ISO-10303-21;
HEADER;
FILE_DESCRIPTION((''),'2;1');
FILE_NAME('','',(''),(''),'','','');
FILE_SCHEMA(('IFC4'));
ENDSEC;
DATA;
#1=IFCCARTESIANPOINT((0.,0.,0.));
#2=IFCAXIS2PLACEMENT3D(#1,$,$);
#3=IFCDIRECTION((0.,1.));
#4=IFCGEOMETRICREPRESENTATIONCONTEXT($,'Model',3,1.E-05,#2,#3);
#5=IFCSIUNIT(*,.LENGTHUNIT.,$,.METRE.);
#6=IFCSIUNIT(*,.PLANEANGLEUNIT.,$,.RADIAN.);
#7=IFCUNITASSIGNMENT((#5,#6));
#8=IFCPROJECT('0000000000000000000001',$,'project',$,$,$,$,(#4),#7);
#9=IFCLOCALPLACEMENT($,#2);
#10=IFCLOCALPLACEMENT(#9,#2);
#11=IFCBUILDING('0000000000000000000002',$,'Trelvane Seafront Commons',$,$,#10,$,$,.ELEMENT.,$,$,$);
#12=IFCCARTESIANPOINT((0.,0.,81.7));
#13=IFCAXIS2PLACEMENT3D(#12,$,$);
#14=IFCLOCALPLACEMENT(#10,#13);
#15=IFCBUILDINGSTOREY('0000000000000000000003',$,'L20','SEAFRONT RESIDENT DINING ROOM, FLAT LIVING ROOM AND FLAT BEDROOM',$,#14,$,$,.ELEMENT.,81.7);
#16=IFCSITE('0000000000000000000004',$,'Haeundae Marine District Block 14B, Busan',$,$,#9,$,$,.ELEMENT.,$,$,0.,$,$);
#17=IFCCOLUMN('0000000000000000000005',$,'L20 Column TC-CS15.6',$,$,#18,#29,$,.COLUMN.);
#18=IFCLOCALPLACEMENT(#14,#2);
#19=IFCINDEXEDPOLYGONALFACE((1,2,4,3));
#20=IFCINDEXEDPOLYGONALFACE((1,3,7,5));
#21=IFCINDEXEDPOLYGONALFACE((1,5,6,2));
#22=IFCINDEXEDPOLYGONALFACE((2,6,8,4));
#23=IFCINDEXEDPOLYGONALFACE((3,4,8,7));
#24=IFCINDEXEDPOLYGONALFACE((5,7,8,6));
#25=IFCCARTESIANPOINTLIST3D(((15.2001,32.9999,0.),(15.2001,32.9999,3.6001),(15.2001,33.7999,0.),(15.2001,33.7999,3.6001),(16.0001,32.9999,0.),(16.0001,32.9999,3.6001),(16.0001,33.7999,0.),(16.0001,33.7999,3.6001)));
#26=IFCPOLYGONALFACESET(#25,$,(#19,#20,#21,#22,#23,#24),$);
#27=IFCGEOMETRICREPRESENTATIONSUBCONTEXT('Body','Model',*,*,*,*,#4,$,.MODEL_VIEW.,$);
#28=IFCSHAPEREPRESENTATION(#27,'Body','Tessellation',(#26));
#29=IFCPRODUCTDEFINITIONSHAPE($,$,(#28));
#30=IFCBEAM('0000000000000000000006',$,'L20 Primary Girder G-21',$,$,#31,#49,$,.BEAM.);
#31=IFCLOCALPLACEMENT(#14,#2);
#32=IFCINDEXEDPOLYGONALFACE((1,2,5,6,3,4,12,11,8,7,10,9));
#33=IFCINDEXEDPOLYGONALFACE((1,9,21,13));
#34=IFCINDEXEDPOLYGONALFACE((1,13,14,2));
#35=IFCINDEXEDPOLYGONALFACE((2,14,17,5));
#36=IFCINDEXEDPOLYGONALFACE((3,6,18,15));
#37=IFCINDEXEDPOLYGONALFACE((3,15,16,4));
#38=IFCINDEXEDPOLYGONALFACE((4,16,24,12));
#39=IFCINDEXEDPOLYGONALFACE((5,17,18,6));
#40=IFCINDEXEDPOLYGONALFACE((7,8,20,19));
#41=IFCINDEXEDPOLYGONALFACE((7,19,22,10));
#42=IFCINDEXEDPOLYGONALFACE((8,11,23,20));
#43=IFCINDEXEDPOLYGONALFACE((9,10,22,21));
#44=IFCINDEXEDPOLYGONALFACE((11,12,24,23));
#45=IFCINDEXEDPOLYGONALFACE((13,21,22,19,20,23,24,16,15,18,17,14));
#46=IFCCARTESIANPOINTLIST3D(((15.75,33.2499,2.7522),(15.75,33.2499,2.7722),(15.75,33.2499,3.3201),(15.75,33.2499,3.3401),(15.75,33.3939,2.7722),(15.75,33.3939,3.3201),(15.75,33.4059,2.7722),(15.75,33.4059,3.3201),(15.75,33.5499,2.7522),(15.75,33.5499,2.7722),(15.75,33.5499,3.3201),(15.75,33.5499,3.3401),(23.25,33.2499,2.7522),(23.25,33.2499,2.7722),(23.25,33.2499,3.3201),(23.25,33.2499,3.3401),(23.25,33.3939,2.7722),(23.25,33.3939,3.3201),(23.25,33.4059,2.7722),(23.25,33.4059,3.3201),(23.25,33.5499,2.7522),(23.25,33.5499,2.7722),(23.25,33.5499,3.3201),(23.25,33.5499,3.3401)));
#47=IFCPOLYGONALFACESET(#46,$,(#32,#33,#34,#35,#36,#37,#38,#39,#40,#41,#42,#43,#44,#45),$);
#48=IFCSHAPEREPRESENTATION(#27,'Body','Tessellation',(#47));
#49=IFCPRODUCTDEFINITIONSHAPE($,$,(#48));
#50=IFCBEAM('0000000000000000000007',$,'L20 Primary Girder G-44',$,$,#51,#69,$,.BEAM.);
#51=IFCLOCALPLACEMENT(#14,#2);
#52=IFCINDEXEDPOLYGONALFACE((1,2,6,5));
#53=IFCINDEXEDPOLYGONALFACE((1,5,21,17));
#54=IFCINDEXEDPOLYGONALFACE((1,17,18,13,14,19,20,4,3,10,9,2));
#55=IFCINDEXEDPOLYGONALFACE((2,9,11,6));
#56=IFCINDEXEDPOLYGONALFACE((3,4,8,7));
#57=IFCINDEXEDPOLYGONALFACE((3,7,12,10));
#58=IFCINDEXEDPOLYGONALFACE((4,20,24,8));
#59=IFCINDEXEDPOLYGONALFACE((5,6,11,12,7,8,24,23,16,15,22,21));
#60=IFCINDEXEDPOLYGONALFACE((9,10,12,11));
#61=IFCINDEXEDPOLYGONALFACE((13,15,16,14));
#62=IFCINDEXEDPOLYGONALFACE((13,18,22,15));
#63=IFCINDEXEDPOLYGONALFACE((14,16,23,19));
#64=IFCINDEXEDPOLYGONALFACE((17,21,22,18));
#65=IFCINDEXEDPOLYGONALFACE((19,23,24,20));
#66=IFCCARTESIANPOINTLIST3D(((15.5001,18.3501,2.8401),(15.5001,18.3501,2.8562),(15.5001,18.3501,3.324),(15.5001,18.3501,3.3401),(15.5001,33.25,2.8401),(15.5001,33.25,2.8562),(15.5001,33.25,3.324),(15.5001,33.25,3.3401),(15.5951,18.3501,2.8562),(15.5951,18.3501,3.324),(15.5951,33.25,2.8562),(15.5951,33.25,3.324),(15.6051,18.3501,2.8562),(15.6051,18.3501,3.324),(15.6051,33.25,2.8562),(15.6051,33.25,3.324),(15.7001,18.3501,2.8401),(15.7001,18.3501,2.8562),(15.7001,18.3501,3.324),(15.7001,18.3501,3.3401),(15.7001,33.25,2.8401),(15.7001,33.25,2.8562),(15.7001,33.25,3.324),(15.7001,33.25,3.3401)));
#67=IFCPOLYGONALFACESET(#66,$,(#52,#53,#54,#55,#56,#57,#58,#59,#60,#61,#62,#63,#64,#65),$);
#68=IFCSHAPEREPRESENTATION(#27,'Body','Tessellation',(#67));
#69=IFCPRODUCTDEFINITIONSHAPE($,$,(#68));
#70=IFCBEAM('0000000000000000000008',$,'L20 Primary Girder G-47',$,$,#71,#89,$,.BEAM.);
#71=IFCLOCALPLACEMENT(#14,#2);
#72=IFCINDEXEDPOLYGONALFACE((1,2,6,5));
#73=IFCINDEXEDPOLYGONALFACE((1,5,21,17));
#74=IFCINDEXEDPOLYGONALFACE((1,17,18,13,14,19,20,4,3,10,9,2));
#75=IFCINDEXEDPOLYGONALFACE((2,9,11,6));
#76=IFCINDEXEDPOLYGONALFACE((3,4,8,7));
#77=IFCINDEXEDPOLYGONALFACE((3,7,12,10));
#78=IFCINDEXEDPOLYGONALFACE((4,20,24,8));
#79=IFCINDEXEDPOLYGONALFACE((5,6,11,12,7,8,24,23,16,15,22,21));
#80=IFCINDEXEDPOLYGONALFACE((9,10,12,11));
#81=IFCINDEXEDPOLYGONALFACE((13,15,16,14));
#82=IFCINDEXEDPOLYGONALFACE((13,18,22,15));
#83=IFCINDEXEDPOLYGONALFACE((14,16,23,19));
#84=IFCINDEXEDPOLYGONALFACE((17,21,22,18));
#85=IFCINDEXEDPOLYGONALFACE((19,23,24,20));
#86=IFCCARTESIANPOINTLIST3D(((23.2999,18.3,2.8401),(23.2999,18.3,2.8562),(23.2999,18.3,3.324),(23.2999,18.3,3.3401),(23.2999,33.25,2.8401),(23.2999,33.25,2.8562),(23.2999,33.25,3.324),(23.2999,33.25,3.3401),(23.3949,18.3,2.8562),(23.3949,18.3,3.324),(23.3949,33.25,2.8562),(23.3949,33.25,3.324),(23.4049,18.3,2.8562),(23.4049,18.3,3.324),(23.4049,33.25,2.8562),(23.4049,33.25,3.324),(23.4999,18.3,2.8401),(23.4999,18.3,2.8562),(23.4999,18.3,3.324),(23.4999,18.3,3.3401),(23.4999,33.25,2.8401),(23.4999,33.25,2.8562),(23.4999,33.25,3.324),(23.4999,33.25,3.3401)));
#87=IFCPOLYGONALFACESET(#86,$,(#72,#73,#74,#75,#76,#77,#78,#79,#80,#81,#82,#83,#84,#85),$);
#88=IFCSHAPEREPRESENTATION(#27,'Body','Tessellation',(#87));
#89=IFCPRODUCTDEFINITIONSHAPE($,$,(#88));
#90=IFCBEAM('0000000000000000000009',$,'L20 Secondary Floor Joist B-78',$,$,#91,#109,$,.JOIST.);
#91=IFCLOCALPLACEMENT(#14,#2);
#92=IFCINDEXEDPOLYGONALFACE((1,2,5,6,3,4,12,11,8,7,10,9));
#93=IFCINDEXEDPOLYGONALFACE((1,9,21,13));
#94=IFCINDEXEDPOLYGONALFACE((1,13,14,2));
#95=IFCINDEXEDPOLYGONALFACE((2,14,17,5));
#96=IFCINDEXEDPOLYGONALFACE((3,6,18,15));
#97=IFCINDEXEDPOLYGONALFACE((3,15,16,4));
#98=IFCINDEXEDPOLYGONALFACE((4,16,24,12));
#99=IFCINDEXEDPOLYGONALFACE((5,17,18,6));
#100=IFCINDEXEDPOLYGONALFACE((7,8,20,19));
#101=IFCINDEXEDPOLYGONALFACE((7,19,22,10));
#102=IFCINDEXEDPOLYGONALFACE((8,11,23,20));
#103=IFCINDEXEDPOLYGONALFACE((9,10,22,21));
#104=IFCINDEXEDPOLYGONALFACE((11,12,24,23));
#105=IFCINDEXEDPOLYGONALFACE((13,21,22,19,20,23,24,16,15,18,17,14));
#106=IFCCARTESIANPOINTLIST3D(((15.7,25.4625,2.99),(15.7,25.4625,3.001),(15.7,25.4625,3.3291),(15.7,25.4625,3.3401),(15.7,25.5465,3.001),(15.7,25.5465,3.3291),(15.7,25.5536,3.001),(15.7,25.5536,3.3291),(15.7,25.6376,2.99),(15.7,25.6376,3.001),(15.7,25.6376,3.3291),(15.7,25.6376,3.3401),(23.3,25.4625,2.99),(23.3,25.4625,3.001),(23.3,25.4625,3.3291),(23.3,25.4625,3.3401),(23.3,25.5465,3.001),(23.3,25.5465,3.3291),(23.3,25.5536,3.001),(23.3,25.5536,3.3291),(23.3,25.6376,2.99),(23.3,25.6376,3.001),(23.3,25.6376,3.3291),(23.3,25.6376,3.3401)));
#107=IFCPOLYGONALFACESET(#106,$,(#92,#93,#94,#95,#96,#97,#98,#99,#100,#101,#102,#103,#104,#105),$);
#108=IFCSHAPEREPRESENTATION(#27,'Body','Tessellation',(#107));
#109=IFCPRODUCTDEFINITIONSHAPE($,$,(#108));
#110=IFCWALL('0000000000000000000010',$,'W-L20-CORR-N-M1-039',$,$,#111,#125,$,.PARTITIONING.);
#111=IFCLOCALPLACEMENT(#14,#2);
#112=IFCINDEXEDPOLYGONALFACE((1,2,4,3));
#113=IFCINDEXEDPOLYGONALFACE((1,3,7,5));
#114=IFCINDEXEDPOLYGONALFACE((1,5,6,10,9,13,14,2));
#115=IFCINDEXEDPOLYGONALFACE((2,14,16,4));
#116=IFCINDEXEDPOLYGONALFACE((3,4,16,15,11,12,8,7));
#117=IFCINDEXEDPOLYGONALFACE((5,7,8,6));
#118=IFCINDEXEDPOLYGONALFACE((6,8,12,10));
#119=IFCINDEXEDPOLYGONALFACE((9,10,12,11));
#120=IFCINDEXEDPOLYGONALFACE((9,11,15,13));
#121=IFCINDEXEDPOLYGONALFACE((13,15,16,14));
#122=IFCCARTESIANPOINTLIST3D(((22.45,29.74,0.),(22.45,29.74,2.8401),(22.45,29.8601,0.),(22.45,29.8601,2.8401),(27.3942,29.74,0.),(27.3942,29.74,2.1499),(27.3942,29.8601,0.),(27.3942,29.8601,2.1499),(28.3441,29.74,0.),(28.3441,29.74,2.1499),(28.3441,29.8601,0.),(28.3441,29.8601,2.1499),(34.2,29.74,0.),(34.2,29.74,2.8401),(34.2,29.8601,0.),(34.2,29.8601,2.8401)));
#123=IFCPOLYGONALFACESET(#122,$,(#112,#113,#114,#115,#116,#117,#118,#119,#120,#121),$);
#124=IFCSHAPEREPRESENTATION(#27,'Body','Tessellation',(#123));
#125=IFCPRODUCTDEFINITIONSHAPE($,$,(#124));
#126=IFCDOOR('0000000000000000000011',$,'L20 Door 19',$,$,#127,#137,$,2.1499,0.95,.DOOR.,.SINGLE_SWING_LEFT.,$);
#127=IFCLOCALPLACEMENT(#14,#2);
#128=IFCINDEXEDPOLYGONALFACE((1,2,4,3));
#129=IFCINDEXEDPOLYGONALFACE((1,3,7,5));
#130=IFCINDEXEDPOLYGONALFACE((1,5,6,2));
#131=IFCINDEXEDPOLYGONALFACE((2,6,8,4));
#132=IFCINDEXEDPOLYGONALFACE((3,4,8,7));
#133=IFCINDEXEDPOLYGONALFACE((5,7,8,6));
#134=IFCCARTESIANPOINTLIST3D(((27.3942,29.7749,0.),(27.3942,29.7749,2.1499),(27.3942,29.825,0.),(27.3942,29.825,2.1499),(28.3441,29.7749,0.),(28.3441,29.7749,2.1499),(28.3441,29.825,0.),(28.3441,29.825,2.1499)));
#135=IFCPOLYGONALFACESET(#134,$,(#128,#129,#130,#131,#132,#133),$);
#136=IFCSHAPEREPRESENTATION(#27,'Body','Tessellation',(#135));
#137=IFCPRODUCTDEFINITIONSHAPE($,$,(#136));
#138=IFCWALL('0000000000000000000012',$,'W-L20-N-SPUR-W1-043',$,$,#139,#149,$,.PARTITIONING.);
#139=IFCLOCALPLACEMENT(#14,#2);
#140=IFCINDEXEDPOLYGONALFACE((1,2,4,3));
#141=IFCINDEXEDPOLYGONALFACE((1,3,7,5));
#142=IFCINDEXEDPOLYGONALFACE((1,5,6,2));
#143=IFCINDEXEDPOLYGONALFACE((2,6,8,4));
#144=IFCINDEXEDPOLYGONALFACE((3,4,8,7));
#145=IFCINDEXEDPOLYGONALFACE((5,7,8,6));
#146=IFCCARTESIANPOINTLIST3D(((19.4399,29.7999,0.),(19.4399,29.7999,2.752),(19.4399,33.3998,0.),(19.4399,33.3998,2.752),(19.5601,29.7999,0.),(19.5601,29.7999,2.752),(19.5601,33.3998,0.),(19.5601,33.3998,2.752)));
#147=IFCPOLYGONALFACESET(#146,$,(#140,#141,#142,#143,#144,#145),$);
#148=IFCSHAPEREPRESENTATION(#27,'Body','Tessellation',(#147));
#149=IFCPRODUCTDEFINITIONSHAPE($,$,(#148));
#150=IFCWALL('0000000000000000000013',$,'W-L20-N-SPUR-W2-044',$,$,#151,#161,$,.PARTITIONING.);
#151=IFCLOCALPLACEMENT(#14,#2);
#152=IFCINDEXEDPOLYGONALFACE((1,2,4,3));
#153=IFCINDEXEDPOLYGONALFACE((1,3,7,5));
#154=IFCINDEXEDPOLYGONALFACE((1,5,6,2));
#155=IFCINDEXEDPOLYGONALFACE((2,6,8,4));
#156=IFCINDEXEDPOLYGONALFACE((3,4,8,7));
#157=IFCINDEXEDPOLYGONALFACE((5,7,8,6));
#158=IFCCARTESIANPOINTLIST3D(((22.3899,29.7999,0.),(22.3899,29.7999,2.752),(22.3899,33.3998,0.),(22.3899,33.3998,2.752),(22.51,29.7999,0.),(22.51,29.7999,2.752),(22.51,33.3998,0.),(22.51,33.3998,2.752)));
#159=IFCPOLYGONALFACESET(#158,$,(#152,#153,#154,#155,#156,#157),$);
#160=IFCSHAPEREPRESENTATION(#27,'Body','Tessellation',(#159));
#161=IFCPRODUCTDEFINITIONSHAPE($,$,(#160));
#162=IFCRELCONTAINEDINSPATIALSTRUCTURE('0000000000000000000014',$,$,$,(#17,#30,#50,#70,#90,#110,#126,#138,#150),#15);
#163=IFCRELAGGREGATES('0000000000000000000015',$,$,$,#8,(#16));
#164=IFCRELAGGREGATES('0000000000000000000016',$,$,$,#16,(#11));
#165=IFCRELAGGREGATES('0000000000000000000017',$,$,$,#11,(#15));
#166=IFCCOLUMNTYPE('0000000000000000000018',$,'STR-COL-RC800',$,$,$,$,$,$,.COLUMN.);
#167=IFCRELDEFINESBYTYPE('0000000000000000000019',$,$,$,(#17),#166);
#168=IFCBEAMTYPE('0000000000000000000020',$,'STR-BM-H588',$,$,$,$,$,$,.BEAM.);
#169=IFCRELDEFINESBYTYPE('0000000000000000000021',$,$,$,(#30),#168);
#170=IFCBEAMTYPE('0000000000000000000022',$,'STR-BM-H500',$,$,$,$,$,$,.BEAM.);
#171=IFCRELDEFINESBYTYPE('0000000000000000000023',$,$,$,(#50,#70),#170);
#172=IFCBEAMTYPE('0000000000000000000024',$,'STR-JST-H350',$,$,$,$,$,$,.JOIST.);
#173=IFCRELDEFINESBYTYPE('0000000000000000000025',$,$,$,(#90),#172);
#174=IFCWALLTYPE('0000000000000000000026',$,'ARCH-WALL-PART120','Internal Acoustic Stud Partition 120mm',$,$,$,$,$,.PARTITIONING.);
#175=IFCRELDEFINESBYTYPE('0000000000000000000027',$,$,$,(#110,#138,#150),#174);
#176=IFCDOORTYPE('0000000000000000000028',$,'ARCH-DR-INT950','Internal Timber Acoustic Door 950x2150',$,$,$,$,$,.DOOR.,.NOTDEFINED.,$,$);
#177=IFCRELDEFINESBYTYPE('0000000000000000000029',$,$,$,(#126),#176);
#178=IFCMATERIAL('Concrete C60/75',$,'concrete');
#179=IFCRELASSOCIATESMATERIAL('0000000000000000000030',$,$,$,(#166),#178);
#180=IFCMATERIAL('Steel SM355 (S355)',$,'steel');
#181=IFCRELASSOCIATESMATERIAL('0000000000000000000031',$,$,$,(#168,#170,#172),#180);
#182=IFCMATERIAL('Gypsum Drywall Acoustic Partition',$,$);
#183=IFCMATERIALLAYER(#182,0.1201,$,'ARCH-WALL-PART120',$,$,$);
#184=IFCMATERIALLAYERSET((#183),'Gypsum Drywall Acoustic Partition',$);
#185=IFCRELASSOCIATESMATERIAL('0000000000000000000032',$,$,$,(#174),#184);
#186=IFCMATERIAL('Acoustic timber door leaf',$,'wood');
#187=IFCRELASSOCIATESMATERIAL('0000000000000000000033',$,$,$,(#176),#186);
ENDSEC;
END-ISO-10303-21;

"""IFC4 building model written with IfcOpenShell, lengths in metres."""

from ifc_helpers import new_model, si_unit, direction, frame, frame_2d, origin, origin_2d, place, context, subcontext, project, spatial, rectangle, i_section, extrude, source, transform, mapped, material, layer, layer_set, material_profile, profile_set, type_object, element, fill, save


model = new_model("IFC4")

# Units and contexts
model_context = context("Model", 3, precision=1e-05, world=origin(), true_north=direction((0.0, 1.0)))
body_context = subcontext(model_context, "Body", "Model", "MODEL_VIEW")
ifc_project = project(units=[si_unit("LENGTHUNIT", "METRE"), si_unit("PLANEANGLEUNIT", "RADIAN")], contexts=[model_context])

# Site, building, storey
site_placement = place(None, origin())
site = spatial("IfcSite", under=ifc_project, at=site_placement, Name="Haeundae Marine District Block 14B, Busan", CompositionType="ELEMENT", RefElevation=0.0)
building_placement = place(site_placement, origin())
building = spatial("IfcBuilding", under=site, at=building_placement, Name="Trelvane Seafront Commons", CompositionType="ELEMENT")
storey_placement = place(building_placement, frame((0.0, 0.0, 81.7)))
storey = spatial("IfcBuildingStorey", under=building, at=storey_placement, Name="L20", Description="SEAFRONT RESIDENT DINING ROOM, FLAT LIVING ROOM AND FLAT BEDROOM", CompositionType="ELEMENT", Elevation=81.7)

# Column
ifc_material_1 = material(Name="Concrete C60/75", Category="concrete")
ifc_material_profile_1 = material_profile(ifc_material_1, rectangle(XDim=0.8, YDim=0.8, at=origin_2d()), Name="RC-800x800")
ifc_profile_set_1 = profile_set([ifc_material_profile_1], Name="Concrete C60/75")
column_type = type_object("IfcColumnType", Name="STR-COL-RC800", PredefinedType="COLUMN", material=ifc_profile_set_1)
shared_shape_1 = source(origin(), body_context, "Body", "SweptSolid", [
    extrude(rectangle(XDim=0.8, YDim=0.8, at=origin_2d()), origin(), (0.0, 0.0, 1.0), 3.6001),
])
column_placement = place(storey_placement, frame((15.6001, 33.3999, 0.0), z_axis=(0.0, 0.0, 1.0), x_axis=(1.0, 0.0, 0.0)))
element("IfcColumn", 1, at=column_placement, inside=storey, type_object=column_type, Name="L20 Column TC-CS15.6", PredefinedType="COLUMN", context=body_context, shape_type="MappedRepresentation", body=[
    mapped(shared_shape_1, transform((0.0, 0.0, 0.0), x_axis=(1.0, 0.0, 0.0), y_axis=(0.0, 1.0, 0.0), z_axis=(0.0, 0.0, 1.0), scale=1.0)),
])

# Beams
ifc_material_2 = material(Name="Steel SM355 (S355)", Category="steel")
ifc_material_profile_2 = material_profile(ifc_material_2, i_section(OverallWidth=0.3, OverallDepth=0.5879, WebThickness=0.012, FlangeThickness=0.02, at=origin_2d()), Name="H-588x300x12x20")
ifc_profile_set_2 = profile_set([ifc_material_profile_2], Name="Steel SM355 (S355)")
beam_type_1 = type_object("IfcBeamType", Name="STR-BM-H588", PredefinedType="BEAM", material=ifc_profile_set_2)
shared_shape_2 = source(origin(), body_context, "Body", "SweptSolid", [
    extrude(i_section(OverallWidth=0.3, OverallDepth=0.5879, WebThickness=0.012, FlangeThickness=0.02, at=origin_2d()), origin(), (0.0, 0.0, 1.0), 7.5),
])
beam_1_placement = place(storey_placement, frame((15.75, 33.3999, 3.0461), z_axis=(1.0, 0.0, 0.0), x_axis=(0.0, 1.0, 0.0)))
element("IfcBeam", 2, at=beam_1_placement, inside=storey, type_object=beam_type_1, Name="L20 Primary Girder G-21", PredefinedType="BEAM", context=body_context, shape_type="MappedRepresentation", body=[
    mapped(shared_shape_2, transform((0.0, 0.0, 0.0), x_axis=(1.0, 0.0, 0.0), y_axis=(0.0, 1.0, 0.0), z_axis=(0.0, 0.0, 1.0), scale=1.0)),
])
ifc_material_profile_3 = material_profile(ifc_material_2, i_section(OverallWidth=0.2, OverallDepth=0.5, WebThickness=0.01, FlangeThickness=0.0161, at=origin_2d()), Name="H-500x200x10x16")
ifc_profile_set_3 = profile_set([ifc_material_profile_3], Name="Steel SM355 (S355)")
beam_type_2 = type_object("IfcBeamType", Name="STR-BM-H500", PredefinedType="BEAM", material=ifc_profile_set_3)
shared_shape_3 = source(origin(), body_context, "Body", "SweptSolid", [
    extrude(i_section(OverallWidth=0.2, OverallDepth=0.5, WebThickness=0.01, FlangeThickness=0.0161, at=origin_2d()), origin(), (0.0, 0.0, 1.0), 14.8999),
])
beam_2_placement = place(storey_placement, frame((15.6001, 18.3501, 3.0901), z_axis=(0.0, 1.0, 0.0), x_axis=(-1.0, 0.0, 0.0)))
element("IfcBeam", 3, at=beam_2_placement, inside=storey, type_object=beam_type_2, Name="L20 Primary Girder G-44", PredefinedType="BEAM", context=body_context, shape_type="MappedRepresentation", body=[
    mapped(shared_shape_3, transform((0.0, 0.0, 0.0), x_axis=(1.0, 0.0, 0.0), y_axis=(0.0, 1.0, 0.0), z_axis=(0.0, 0.0, 1.0), scale=1.0)),
])
shared_shape_4 = source(origin(), body_context, "Body", "SweptSolid", [
    extrude(i_section(OverallWidth=0.2, OverallDepth=0.5, WebThickness=0.01, FlangeThickness=0.0161, at=origin_2d()), origin(), (0.0, 0.0, 1.0), 14.95),
])
beam_3_placement = place(storey_placement, frame((23.3999, 18.3, 3.0901), z_axis=(0.0, 1.0, 0.0), x_axis=(-1.0, 0.0, 0.0)))
element("IfcBeam", 4, at=beam_3_placement, inside=storey, type_object=beam_type_2, Name="L20 Primary Girder G-47", PredefinedType="BEAM", context=body_context, shape_type="MappedRepresentation", body=[
    mapped(shared_shape_4, transform((0.0, 0.0, 0.0), x_axis=(1.0, 0.0, 0.0), y_axis=(0.0, 1.0, 0.0), z_axis=(0.0, 0.0, 1.0), scale=1.0)),
])
ifc_material_profile_4 = material_profile(ifc_material_2, i_section(OverallWidth=0.175, OverallDepth=0.3501, WebThickness=0.0071, FlangeThickness=0.011, at=origin_2d()), Name="H-350x175x7x11")
ifc_profile_set_4 = profile_set([ifc_material_profile_4], Name="Steel SM355 (S355)")
beam_type_3 = type_object("IfcBeamType", Name="STR-JST-H350", PredefinedType="JOIST", material=ifc_profile_set_4)
shared_shape_5 = source(origin(), body_context, "Body", "SweptSolid", [
    extrude(i_section(OverallWidth=0.175, OverallDepth=0.3501, WebThickness=0.0071, FlangeThickness=0.011, at=origin_2d()), origin(), (0.0, 0.0, 1.0), 7.6001),
])
beam_4_placement = place(storey_placement, frame((15.7, 25.55, 3.165), z_axis=(1.0, 0.0, 0.0), x_axis=(0.0, 1.0, 0.0)))
element("IfcBeam", 5, at=beam_4_placement, inside=storey, type_object=beam_type_3, Name="L20 Secondary Floor Joist B-78", PredefinedType="JOIST", context=body_context, shape_type="MappedRepresentation", body=[
    mapped(shared_shape_5, transform((0.0, 0.0, 0.0), x_axis=(1.0, 0.0, 0.0), y_axis=(0.0, 1.0, 0.0), z_axis=(0.0, 0.0, 1.0), scale=1.0)),
])

# Wall, opening, door
ifc_material_3 = material(Name="Gypsum Drywall Acoustic Partition")
ifc_layer_1 = layer(ifc_material_3, 0.1201, Name="ARCH-WALL-PART120")
ifc_layer_set_1 = layer_set([ifc_layer_1], Name="Gypsum Drywall Acoustic Partition")
wall_type_1 = type_object("IfcWallType", Name="ARCH-WALL-PART120", Description="Internal Acoustic Stud Partition 120mm", PredefinedType="PARTITIONING", material=ifc_layer_set_1)
wall_1_placement = place(storey_placement, frame((22.45, 29.8, 0.0), z_axis=(0.0, 0.0, 1.0), x_axis=(1.0, 0.0, 0.0)))
wall_1 = element("IfcWall", 6, at=wall_1_placement, inside=storey, type_object=wall_type_1, Name="W-L20-CORR-N-M1-039", PredefinedType="PARTITIONING", context=body_context, shape_type="SweptSolid", body=[
    extrude(rectangle(XDim=11.75, YDim=0.1201, at=frame_2d((5.875, 0.0))), origin(), (0.0, 0.0, 1.0), 2.8401),
])
opening_1_placement = place(wall_1_placement, frame((4.9441, 0.0, 0.0)))
opening_1 = element("IfcOpeningElement", 7, at=opening_1_placement, cuts=wall_1, PredefinedType="OPENING", context=body_context, shape_type="SweptSolid", body=[
    extrude(rectangle(XDim=0.95, YDim=2.1499, at=frame_2d((0.4751, 1.075))), frame((0.0, 0.0701, 0.0), z_axis=(0.0, -1.0, 0.0), x_axis=(1.0, 0.0, 0.0)), (0.0, 0.0, 1.0), 0.1401),
])
ifc_material_4 = material(Name="Acoustic timber door leaf", Category="wood")
door_type_1 = type_object("IfcDoorType", Name="ARCH-DR-INT950", Description="Internal Timber Acoustic Door 950x2150", OperationType="NOTDEFINED", PredefinedType="DOOR", material=ifc_material_4)
shared_shape_6 = source(origin(), body_context, "Body", "SweptSolid", [
    extrude(rectangle(XDim=0.95, YDim=2.1499, at=frame_2d((0.4751, 1.075))), frame((0.0, 0.0249, 0.0), z_axis=(0.0, -1.0, 0.0), x_axis=(1.0, 0.0, 0.0)), (0.0, 0.0, 1.0), 0.05),
])
door_1_placement = place(opening_1_placement, origin())
door_1 = element("IfcDoor", 8, at=door_1_placement, inside=storey, type_object=door_type_1, Name="L20 Door 19", OperationType="SINGLE_SWING_LEFT", OverallHeight=2.1499, OverallWidth=0.95, PredefinedType="DOOR", context=body_context, shape_type="MappedRepresentation", body=[
    mapped(shared_shape_6, transform((0.0, 0.0, 0.0), x_axis=(1.0, 0.0, 0.0), y_axis=(0.0, 1.0, 0.0), z_axis=(0.0, 0.0, 1.0), scale=1.0)),
])
fill(opening_1, door_1)

# Walls
for number, where, z_axis, x_axis, name in (
    (9, (19.5, 29.8, 0.0), (0.0, 0.0, 1.0), (0.0, 1.0, 0.0), "W-L20-N-SPUR-W1-043"),
    (10, (22.45, 29.8, 0.0), (0.0, 0.0, 1.0), (0.0, 1.0, 0.0), "W-L20-N-SPUR-W2-044"),
):
    element("IfcWall", number, at=place(storey_placement, frame(where, z_axis=z_axis, x_axis=x_axis)), inside=storey, type_object=wall_type_1, Name=name, PredefinedType="PARTITIONING", context=body_context, shape_type="SweptSolid", body=[
        extrude(rectangle(XDim=3.5999, YDim=0.1201, at=frame_2d((1.7998, 0.0))), origin(), (0.0, 0.0, 1.0), 2.752),
    ])

save(model, "model.ifc")
